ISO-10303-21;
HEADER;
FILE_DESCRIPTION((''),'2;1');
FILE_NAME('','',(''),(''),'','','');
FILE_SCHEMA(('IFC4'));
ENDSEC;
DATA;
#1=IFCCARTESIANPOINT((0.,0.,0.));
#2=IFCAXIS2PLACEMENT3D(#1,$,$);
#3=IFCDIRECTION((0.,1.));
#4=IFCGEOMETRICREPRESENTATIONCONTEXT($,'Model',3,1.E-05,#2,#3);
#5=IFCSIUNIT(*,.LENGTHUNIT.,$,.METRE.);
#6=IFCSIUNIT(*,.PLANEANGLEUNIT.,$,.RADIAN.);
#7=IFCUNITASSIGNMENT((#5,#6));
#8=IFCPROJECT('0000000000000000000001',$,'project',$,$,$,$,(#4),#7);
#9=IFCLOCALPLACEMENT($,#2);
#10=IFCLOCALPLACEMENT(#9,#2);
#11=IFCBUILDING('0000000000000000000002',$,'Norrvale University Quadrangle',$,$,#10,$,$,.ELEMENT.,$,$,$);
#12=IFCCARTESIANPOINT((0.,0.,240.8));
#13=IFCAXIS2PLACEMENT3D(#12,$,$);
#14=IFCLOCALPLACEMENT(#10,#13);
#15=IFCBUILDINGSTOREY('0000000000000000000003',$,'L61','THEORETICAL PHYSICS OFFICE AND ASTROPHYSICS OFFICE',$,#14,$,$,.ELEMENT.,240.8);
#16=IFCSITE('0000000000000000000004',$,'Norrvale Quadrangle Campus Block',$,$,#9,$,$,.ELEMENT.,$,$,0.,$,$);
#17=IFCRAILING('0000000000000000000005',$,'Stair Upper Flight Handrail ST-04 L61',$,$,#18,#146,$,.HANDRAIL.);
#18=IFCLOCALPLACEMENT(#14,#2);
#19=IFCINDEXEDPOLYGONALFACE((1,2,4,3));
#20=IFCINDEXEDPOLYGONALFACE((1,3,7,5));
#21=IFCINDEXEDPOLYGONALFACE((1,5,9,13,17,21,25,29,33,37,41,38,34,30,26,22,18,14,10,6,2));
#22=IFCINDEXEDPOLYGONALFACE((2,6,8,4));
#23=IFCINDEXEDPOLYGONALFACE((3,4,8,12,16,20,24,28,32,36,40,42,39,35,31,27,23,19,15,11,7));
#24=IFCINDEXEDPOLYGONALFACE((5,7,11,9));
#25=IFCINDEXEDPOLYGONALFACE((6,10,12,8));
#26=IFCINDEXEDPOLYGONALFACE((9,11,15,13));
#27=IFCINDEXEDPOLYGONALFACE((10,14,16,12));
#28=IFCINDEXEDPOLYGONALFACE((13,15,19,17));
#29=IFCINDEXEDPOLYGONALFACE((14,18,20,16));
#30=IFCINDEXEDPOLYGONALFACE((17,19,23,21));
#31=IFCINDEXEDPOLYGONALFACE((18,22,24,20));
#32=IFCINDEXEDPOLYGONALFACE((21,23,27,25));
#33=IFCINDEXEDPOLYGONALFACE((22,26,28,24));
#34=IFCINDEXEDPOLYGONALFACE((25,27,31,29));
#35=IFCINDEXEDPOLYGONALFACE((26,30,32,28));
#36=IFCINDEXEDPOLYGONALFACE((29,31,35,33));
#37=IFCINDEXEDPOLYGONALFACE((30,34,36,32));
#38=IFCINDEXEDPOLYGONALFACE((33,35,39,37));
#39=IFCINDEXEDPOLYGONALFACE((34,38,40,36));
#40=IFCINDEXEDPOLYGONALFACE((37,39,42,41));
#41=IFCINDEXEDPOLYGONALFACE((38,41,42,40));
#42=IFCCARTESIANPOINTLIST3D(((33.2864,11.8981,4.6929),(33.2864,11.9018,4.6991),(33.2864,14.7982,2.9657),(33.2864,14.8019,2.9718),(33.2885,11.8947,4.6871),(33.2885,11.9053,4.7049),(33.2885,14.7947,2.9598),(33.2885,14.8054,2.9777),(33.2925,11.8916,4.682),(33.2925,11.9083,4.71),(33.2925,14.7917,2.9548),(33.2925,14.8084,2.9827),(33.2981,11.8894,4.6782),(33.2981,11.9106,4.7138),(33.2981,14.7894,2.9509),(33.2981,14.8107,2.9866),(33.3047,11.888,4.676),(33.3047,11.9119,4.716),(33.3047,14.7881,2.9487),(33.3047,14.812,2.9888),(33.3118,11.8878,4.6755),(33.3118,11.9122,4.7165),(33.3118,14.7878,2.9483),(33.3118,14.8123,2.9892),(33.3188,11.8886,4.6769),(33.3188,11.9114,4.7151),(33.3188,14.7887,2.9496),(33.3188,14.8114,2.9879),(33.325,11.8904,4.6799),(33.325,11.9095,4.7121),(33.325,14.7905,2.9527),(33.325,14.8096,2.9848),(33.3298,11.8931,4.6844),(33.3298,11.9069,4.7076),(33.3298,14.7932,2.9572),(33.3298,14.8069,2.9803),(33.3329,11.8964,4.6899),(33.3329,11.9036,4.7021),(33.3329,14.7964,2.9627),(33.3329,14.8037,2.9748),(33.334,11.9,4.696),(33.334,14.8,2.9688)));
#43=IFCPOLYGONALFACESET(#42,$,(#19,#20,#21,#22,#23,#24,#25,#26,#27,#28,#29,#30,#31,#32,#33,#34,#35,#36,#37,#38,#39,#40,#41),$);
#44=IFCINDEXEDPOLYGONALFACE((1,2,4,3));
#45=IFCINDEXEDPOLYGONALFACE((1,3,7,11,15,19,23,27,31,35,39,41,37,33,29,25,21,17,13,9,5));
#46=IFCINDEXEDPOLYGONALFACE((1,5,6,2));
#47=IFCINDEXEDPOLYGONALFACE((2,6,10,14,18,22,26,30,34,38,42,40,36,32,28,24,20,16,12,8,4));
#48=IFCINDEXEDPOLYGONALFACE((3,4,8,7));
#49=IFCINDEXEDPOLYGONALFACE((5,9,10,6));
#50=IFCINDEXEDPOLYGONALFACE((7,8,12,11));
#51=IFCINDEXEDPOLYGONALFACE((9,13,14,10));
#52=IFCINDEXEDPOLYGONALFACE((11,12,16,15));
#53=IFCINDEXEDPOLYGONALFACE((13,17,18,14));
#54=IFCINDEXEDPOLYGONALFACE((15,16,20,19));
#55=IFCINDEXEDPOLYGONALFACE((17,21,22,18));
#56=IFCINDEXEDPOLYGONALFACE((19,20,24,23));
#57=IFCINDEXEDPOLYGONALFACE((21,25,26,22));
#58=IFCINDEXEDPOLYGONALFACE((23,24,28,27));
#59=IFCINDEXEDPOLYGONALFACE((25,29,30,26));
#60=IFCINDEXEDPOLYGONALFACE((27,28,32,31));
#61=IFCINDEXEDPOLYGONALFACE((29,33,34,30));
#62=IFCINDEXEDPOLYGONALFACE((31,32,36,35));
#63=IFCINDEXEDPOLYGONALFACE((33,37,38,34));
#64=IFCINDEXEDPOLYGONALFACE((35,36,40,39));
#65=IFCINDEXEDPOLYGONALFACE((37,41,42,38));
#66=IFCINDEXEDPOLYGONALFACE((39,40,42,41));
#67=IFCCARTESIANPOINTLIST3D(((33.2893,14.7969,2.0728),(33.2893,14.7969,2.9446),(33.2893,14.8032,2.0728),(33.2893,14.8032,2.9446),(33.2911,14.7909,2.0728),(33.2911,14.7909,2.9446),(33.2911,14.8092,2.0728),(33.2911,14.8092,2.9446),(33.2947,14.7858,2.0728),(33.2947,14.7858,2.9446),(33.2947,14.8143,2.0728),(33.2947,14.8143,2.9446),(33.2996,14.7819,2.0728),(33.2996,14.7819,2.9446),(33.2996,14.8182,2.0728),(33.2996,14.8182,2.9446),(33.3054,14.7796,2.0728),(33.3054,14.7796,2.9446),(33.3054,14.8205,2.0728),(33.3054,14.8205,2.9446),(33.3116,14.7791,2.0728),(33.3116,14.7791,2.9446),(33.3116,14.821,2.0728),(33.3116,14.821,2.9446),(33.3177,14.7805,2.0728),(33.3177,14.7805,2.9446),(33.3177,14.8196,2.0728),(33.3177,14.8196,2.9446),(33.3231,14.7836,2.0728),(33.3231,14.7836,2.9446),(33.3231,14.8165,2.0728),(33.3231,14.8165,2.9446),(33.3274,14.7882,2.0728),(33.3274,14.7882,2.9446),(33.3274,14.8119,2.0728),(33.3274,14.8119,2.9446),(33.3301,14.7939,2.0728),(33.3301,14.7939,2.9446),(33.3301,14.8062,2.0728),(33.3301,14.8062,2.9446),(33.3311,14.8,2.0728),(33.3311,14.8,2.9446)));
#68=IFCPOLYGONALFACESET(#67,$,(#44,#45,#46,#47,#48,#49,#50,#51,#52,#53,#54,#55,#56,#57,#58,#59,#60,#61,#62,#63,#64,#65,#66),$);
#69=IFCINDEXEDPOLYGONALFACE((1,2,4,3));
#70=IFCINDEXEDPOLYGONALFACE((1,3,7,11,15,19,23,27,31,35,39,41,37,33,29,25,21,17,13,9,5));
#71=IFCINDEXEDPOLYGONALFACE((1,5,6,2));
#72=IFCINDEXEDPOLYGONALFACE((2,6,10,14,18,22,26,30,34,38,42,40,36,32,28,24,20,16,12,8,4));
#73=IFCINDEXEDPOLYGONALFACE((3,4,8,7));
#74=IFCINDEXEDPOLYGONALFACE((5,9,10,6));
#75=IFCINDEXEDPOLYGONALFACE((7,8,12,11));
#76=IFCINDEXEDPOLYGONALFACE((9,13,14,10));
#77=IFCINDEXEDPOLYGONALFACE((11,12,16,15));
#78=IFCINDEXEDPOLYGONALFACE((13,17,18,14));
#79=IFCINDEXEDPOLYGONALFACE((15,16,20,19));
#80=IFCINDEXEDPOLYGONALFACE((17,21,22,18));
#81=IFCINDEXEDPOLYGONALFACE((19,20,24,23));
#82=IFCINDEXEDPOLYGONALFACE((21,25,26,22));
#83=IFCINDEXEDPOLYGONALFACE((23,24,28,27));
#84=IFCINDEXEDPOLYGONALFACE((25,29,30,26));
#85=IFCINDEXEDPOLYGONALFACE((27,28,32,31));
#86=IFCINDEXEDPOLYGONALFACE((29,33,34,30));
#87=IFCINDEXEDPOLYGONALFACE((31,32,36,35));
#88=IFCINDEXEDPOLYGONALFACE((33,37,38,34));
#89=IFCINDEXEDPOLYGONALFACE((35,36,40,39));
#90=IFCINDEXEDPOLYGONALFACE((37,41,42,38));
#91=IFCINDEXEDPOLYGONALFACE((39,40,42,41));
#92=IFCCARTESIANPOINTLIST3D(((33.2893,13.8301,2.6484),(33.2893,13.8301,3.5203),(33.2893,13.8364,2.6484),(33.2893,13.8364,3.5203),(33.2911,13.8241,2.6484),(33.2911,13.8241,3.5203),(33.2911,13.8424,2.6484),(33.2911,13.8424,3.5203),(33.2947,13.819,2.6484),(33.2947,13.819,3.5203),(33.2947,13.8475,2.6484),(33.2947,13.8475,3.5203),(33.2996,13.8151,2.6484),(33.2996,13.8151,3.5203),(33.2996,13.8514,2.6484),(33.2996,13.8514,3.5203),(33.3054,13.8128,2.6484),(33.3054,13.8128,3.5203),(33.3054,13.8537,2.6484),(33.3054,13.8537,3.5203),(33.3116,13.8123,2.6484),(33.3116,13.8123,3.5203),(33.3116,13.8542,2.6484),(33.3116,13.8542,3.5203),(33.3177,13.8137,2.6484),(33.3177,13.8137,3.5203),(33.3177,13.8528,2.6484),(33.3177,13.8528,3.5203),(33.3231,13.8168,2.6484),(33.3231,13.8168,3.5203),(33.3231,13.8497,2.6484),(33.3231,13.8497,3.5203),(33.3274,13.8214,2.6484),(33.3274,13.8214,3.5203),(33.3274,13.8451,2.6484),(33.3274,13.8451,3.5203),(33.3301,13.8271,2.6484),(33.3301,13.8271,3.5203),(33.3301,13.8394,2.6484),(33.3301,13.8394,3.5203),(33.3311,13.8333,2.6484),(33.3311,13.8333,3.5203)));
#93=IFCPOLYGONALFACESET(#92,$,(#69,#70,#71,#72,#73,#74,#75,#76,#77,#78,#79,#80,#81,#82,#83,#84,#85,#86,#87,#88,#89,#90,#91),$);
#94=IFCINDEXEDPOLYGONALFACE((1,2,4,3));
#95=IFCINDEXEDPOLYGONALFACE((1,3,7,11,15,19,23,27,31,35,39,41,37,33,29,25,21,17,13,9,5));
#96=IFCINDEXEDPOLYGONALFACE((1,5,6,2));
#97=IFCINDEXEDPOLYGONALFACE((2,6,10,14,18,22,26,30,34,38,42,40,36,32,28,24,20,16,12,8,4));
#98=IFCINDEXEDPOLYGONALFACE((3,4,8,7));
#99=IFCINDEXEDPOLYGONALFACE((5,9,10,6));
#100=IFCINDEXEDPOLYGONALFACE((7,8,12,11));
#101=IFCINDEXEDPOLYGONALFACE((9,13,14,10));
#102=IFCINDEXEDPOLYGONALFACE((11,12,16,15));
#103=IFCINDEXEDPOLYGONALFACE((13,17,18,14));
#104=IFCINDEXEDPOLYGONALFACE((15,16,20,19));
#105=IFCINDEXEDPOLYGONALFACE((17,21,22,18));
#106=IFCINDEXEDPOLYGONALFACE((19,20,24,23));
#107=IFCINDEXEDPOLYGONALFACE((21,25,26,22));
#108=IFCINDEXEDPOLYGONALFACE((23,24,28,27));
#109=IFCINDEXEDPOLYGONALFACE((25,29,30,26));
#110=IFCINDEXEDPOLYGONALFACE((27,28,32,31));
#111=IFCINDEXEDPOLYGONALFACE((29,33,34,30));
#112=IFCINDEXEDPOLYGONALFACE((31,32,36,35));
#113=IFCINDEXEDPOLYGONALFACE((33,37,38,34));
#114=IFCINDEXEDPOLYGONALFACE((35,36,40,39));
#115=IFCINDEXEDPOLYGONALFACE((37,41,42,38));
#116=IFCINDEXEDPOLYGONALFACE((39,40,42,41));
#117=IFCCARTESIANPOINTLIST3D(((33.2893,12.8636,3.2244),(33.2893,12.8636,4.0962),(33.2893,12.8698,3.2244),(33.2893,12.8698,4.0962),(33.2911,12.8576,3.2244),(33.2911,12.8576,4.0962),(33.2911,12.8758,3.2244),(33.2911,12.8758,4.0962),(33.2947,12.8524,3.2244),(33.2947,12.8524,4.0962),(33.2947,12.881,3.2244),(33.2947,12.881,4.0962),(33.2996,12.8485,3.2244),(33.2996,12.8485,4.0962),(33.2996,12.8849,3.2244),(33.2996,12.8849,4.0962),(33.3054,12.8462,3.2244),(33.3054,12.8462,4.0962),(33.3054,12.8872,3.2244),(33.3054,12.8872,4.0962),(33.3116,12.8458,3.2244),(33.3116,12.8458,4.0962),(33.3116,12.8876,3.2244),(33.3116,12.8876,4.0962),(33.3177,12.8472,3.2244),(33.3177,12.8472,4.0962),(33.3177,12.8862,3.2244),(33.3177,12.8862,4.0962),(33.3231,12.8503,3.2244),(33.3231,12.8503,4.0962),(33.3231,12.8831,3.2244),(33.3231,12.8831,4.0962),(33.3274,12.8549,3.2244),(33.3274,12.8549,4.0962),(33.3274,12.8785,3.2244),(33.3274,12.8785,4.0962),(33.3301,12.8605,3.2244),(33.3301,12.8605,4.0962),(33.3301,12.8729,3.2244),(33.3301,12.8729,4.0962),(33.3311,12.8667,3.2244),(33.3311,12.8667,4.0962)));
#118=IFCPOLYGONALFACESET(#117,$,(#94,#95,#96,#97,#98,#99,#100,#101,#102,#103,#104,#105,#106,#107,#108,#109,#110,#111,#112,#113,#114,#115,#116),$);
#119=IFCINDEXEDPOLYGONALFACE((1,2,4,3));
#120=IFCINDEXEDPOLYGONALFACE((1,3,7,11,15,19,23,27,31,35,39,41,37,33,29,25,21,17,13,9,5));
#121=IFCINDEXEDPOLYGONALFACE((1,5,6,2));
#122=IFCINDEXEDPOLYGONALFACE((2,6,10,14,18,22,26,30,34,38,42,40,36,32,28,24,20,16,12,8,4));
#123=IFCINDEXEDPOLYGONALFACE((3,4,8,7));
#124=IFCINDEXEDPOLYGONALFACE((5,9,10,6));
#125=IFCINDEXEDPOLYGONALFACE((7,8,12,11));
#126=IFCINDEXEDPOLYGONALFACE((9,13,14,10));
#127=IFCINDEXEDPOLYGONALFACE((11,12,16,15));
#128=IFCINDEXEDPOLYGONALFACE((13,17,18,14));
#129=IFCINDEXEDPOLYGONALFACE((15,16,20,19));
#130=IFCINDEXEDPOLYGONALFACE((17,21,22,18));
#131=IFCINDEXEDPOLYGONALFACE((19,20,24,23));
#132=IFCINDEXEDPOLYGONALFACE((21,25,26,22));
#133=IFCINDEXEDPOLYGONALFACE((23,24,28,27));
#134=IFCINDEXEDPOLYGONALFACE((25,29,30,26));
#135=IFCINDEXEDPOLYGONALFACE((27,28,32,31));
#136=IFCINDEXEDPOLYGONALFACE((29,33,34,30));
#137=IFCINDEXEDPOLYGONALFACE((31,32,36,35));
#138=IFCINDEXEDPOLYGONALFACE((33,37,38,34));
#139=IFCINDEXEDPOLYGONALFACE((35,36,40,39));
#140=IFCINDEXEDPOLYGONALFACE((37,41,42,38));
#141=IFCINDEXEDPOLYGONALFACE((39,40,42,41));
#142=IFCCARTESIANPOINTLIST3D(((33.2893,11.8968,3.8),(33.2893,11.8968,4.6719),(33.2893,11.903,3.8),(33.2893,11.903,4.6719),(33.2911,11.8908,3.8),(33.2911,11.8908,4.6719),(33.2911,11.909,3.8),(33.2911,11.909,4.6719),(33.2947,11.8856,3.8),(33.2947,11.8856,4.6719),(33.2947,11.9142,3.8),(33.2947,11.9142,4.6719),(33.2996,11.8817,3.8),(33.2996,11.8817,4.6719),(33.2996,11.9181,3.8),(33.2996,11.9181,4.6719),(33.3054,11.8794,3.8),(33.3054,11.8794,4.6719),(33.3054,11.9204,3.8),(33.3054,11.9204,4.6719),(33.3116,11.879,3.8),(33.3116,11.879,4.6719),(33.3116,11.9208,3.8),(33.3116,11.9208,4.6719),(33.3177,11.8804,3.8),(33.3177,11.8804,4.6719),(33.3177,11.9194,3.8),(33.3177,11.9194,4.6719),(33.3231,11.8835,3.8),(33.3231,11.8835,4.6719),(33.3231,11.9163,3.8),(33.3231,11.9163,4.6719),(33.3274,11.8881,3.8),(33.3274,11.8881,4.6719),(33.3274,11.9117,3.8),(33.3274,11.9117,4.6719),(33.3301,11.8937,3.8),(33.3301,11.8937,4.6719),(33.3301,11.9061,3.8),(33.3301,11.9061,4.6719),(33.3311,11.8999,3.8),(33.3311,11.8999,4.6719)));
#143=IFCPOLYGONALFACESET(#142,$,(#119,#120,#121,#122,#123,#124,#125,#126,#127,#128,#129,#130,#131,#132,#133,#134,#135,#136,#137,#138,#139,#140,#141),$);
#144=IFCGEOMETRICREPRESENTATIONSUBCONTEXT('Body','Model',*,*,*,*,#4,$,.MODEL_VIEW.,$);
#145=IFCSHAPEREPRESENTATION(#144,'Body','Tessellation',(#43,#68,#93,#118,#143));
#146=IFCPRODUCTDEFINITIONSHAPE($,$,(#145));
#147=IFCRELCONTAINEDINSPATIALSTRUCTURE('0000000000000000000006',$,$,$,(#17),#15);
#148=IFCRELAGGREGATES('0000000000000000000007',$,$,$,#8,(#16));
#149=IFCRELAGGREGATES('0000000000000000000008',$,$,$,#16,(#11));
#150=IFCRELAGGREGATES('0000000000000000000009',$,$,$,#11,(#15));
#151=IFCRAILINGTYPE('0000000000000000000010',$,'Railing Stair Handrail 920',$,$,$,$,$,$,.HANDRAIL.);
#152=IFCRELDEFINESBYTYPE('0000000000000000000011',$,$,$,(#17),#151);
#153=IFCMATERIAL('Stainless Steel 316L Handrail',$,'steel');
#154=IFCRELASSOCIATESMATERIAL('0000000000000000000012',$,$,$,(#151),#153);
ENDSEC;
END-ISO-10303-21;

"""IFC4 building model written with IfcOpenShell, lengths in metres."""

from ifc_helpers import new_model, si_unit, direction, frame, origin, origin_2d, place, context, subcontext, project, spatial, circle, extrude, material, type_object, element, save


model = new_model("IFC4")

# Units and contexts
model_context = context("Model", 3, precision=1e-05, world=origin(), true_north=direction((0.0, 1.0)))
body_context = subcontext(model_context, "Body", "Model", "MODEL_VIEW")
ifc_project = project(units=[si_unit("LENGTHUNIT", "METRE"), si_unit("PLANEANGLEUNIT", "RADIAN")], contexts=[model_context])

# Site, building, storey
site_placement = place(None, origin())
site = spatial("IfcSite", under=ifc_project, at=site_placement, Name="Norrvale Quadrangle Campus Block", CompositionType="ELEMENT", RefElevation=0.0)
building_placement = place(site_placement, origin())
building = spatial("IfcBuilding", under=site, at=building_placement, Name="Norrvale University Quadrangle", CompositionType="ELEMENT")
storey_placement = place(building_placement, frame((0.0, 0.0, 240.8)))
storey = spatial("IfcBuildingStorey", under=building, at=storey_placement, Name="L61", Description="THEORETICAL PHYSICS OFFICE AND ASTROPHYSICS OFFICE", CompositionType="ELEMENT", Elevation=240.8)

# Railing
ifc_material_1 = material(Name="Stainless Steel 316L Handrail", Category="steel")
railing_type_1 = type_object("IfcRailingType", Name="Railing Stair Handrail 920", PredefinedType="HANDRAIL", material=ifc_material_1)
railing_1_placement = place(storey_placement, frame((33.3101, 14.8, 2.0728)))
element("IfcRailing", 1, at=railing_1_placement, inside=storey, type_object=railing_type_1, Name="Stair Upper Flight Handrail ST-04 L61", PredefinedType="HANDRAIL", context=body_context, shape_type="SweptSolid", body=[
    extrude(circle(Radius=0.0239, at=origin_2d()), frame((0.0, 0.0, 0.896), z_axis=(0.0, -0.85916, 0.511706), x_axis=(1.0, 0.0, 0.0)), (0.0, 0.0, 1.0), 3.3755),
    extrude(circle(Radius=0.021, at=origin_2d()), origin(), (0.0, 0.0, 1.0), 0.8718),
    extrude(circle(Radius=0.021, at=origin_2d()), frame((0.0, -0.9668, 0.5757)), (0.0, 0.0, 1.0), 0.8718),
    extrude(circle(Radius=0.021, at=origin_2d()), frame((0.0, -1.9333, 1.1516)), (0.0, 0.0, 1.0), 0.8718),
    extrude(circle(Radius=0.021, at=origin_2d()), frame((0.0, -2.9001, 1.7273)), (0.0, 0.0, 1.0), 0.8718),
])

save(model, "model.ifc")
